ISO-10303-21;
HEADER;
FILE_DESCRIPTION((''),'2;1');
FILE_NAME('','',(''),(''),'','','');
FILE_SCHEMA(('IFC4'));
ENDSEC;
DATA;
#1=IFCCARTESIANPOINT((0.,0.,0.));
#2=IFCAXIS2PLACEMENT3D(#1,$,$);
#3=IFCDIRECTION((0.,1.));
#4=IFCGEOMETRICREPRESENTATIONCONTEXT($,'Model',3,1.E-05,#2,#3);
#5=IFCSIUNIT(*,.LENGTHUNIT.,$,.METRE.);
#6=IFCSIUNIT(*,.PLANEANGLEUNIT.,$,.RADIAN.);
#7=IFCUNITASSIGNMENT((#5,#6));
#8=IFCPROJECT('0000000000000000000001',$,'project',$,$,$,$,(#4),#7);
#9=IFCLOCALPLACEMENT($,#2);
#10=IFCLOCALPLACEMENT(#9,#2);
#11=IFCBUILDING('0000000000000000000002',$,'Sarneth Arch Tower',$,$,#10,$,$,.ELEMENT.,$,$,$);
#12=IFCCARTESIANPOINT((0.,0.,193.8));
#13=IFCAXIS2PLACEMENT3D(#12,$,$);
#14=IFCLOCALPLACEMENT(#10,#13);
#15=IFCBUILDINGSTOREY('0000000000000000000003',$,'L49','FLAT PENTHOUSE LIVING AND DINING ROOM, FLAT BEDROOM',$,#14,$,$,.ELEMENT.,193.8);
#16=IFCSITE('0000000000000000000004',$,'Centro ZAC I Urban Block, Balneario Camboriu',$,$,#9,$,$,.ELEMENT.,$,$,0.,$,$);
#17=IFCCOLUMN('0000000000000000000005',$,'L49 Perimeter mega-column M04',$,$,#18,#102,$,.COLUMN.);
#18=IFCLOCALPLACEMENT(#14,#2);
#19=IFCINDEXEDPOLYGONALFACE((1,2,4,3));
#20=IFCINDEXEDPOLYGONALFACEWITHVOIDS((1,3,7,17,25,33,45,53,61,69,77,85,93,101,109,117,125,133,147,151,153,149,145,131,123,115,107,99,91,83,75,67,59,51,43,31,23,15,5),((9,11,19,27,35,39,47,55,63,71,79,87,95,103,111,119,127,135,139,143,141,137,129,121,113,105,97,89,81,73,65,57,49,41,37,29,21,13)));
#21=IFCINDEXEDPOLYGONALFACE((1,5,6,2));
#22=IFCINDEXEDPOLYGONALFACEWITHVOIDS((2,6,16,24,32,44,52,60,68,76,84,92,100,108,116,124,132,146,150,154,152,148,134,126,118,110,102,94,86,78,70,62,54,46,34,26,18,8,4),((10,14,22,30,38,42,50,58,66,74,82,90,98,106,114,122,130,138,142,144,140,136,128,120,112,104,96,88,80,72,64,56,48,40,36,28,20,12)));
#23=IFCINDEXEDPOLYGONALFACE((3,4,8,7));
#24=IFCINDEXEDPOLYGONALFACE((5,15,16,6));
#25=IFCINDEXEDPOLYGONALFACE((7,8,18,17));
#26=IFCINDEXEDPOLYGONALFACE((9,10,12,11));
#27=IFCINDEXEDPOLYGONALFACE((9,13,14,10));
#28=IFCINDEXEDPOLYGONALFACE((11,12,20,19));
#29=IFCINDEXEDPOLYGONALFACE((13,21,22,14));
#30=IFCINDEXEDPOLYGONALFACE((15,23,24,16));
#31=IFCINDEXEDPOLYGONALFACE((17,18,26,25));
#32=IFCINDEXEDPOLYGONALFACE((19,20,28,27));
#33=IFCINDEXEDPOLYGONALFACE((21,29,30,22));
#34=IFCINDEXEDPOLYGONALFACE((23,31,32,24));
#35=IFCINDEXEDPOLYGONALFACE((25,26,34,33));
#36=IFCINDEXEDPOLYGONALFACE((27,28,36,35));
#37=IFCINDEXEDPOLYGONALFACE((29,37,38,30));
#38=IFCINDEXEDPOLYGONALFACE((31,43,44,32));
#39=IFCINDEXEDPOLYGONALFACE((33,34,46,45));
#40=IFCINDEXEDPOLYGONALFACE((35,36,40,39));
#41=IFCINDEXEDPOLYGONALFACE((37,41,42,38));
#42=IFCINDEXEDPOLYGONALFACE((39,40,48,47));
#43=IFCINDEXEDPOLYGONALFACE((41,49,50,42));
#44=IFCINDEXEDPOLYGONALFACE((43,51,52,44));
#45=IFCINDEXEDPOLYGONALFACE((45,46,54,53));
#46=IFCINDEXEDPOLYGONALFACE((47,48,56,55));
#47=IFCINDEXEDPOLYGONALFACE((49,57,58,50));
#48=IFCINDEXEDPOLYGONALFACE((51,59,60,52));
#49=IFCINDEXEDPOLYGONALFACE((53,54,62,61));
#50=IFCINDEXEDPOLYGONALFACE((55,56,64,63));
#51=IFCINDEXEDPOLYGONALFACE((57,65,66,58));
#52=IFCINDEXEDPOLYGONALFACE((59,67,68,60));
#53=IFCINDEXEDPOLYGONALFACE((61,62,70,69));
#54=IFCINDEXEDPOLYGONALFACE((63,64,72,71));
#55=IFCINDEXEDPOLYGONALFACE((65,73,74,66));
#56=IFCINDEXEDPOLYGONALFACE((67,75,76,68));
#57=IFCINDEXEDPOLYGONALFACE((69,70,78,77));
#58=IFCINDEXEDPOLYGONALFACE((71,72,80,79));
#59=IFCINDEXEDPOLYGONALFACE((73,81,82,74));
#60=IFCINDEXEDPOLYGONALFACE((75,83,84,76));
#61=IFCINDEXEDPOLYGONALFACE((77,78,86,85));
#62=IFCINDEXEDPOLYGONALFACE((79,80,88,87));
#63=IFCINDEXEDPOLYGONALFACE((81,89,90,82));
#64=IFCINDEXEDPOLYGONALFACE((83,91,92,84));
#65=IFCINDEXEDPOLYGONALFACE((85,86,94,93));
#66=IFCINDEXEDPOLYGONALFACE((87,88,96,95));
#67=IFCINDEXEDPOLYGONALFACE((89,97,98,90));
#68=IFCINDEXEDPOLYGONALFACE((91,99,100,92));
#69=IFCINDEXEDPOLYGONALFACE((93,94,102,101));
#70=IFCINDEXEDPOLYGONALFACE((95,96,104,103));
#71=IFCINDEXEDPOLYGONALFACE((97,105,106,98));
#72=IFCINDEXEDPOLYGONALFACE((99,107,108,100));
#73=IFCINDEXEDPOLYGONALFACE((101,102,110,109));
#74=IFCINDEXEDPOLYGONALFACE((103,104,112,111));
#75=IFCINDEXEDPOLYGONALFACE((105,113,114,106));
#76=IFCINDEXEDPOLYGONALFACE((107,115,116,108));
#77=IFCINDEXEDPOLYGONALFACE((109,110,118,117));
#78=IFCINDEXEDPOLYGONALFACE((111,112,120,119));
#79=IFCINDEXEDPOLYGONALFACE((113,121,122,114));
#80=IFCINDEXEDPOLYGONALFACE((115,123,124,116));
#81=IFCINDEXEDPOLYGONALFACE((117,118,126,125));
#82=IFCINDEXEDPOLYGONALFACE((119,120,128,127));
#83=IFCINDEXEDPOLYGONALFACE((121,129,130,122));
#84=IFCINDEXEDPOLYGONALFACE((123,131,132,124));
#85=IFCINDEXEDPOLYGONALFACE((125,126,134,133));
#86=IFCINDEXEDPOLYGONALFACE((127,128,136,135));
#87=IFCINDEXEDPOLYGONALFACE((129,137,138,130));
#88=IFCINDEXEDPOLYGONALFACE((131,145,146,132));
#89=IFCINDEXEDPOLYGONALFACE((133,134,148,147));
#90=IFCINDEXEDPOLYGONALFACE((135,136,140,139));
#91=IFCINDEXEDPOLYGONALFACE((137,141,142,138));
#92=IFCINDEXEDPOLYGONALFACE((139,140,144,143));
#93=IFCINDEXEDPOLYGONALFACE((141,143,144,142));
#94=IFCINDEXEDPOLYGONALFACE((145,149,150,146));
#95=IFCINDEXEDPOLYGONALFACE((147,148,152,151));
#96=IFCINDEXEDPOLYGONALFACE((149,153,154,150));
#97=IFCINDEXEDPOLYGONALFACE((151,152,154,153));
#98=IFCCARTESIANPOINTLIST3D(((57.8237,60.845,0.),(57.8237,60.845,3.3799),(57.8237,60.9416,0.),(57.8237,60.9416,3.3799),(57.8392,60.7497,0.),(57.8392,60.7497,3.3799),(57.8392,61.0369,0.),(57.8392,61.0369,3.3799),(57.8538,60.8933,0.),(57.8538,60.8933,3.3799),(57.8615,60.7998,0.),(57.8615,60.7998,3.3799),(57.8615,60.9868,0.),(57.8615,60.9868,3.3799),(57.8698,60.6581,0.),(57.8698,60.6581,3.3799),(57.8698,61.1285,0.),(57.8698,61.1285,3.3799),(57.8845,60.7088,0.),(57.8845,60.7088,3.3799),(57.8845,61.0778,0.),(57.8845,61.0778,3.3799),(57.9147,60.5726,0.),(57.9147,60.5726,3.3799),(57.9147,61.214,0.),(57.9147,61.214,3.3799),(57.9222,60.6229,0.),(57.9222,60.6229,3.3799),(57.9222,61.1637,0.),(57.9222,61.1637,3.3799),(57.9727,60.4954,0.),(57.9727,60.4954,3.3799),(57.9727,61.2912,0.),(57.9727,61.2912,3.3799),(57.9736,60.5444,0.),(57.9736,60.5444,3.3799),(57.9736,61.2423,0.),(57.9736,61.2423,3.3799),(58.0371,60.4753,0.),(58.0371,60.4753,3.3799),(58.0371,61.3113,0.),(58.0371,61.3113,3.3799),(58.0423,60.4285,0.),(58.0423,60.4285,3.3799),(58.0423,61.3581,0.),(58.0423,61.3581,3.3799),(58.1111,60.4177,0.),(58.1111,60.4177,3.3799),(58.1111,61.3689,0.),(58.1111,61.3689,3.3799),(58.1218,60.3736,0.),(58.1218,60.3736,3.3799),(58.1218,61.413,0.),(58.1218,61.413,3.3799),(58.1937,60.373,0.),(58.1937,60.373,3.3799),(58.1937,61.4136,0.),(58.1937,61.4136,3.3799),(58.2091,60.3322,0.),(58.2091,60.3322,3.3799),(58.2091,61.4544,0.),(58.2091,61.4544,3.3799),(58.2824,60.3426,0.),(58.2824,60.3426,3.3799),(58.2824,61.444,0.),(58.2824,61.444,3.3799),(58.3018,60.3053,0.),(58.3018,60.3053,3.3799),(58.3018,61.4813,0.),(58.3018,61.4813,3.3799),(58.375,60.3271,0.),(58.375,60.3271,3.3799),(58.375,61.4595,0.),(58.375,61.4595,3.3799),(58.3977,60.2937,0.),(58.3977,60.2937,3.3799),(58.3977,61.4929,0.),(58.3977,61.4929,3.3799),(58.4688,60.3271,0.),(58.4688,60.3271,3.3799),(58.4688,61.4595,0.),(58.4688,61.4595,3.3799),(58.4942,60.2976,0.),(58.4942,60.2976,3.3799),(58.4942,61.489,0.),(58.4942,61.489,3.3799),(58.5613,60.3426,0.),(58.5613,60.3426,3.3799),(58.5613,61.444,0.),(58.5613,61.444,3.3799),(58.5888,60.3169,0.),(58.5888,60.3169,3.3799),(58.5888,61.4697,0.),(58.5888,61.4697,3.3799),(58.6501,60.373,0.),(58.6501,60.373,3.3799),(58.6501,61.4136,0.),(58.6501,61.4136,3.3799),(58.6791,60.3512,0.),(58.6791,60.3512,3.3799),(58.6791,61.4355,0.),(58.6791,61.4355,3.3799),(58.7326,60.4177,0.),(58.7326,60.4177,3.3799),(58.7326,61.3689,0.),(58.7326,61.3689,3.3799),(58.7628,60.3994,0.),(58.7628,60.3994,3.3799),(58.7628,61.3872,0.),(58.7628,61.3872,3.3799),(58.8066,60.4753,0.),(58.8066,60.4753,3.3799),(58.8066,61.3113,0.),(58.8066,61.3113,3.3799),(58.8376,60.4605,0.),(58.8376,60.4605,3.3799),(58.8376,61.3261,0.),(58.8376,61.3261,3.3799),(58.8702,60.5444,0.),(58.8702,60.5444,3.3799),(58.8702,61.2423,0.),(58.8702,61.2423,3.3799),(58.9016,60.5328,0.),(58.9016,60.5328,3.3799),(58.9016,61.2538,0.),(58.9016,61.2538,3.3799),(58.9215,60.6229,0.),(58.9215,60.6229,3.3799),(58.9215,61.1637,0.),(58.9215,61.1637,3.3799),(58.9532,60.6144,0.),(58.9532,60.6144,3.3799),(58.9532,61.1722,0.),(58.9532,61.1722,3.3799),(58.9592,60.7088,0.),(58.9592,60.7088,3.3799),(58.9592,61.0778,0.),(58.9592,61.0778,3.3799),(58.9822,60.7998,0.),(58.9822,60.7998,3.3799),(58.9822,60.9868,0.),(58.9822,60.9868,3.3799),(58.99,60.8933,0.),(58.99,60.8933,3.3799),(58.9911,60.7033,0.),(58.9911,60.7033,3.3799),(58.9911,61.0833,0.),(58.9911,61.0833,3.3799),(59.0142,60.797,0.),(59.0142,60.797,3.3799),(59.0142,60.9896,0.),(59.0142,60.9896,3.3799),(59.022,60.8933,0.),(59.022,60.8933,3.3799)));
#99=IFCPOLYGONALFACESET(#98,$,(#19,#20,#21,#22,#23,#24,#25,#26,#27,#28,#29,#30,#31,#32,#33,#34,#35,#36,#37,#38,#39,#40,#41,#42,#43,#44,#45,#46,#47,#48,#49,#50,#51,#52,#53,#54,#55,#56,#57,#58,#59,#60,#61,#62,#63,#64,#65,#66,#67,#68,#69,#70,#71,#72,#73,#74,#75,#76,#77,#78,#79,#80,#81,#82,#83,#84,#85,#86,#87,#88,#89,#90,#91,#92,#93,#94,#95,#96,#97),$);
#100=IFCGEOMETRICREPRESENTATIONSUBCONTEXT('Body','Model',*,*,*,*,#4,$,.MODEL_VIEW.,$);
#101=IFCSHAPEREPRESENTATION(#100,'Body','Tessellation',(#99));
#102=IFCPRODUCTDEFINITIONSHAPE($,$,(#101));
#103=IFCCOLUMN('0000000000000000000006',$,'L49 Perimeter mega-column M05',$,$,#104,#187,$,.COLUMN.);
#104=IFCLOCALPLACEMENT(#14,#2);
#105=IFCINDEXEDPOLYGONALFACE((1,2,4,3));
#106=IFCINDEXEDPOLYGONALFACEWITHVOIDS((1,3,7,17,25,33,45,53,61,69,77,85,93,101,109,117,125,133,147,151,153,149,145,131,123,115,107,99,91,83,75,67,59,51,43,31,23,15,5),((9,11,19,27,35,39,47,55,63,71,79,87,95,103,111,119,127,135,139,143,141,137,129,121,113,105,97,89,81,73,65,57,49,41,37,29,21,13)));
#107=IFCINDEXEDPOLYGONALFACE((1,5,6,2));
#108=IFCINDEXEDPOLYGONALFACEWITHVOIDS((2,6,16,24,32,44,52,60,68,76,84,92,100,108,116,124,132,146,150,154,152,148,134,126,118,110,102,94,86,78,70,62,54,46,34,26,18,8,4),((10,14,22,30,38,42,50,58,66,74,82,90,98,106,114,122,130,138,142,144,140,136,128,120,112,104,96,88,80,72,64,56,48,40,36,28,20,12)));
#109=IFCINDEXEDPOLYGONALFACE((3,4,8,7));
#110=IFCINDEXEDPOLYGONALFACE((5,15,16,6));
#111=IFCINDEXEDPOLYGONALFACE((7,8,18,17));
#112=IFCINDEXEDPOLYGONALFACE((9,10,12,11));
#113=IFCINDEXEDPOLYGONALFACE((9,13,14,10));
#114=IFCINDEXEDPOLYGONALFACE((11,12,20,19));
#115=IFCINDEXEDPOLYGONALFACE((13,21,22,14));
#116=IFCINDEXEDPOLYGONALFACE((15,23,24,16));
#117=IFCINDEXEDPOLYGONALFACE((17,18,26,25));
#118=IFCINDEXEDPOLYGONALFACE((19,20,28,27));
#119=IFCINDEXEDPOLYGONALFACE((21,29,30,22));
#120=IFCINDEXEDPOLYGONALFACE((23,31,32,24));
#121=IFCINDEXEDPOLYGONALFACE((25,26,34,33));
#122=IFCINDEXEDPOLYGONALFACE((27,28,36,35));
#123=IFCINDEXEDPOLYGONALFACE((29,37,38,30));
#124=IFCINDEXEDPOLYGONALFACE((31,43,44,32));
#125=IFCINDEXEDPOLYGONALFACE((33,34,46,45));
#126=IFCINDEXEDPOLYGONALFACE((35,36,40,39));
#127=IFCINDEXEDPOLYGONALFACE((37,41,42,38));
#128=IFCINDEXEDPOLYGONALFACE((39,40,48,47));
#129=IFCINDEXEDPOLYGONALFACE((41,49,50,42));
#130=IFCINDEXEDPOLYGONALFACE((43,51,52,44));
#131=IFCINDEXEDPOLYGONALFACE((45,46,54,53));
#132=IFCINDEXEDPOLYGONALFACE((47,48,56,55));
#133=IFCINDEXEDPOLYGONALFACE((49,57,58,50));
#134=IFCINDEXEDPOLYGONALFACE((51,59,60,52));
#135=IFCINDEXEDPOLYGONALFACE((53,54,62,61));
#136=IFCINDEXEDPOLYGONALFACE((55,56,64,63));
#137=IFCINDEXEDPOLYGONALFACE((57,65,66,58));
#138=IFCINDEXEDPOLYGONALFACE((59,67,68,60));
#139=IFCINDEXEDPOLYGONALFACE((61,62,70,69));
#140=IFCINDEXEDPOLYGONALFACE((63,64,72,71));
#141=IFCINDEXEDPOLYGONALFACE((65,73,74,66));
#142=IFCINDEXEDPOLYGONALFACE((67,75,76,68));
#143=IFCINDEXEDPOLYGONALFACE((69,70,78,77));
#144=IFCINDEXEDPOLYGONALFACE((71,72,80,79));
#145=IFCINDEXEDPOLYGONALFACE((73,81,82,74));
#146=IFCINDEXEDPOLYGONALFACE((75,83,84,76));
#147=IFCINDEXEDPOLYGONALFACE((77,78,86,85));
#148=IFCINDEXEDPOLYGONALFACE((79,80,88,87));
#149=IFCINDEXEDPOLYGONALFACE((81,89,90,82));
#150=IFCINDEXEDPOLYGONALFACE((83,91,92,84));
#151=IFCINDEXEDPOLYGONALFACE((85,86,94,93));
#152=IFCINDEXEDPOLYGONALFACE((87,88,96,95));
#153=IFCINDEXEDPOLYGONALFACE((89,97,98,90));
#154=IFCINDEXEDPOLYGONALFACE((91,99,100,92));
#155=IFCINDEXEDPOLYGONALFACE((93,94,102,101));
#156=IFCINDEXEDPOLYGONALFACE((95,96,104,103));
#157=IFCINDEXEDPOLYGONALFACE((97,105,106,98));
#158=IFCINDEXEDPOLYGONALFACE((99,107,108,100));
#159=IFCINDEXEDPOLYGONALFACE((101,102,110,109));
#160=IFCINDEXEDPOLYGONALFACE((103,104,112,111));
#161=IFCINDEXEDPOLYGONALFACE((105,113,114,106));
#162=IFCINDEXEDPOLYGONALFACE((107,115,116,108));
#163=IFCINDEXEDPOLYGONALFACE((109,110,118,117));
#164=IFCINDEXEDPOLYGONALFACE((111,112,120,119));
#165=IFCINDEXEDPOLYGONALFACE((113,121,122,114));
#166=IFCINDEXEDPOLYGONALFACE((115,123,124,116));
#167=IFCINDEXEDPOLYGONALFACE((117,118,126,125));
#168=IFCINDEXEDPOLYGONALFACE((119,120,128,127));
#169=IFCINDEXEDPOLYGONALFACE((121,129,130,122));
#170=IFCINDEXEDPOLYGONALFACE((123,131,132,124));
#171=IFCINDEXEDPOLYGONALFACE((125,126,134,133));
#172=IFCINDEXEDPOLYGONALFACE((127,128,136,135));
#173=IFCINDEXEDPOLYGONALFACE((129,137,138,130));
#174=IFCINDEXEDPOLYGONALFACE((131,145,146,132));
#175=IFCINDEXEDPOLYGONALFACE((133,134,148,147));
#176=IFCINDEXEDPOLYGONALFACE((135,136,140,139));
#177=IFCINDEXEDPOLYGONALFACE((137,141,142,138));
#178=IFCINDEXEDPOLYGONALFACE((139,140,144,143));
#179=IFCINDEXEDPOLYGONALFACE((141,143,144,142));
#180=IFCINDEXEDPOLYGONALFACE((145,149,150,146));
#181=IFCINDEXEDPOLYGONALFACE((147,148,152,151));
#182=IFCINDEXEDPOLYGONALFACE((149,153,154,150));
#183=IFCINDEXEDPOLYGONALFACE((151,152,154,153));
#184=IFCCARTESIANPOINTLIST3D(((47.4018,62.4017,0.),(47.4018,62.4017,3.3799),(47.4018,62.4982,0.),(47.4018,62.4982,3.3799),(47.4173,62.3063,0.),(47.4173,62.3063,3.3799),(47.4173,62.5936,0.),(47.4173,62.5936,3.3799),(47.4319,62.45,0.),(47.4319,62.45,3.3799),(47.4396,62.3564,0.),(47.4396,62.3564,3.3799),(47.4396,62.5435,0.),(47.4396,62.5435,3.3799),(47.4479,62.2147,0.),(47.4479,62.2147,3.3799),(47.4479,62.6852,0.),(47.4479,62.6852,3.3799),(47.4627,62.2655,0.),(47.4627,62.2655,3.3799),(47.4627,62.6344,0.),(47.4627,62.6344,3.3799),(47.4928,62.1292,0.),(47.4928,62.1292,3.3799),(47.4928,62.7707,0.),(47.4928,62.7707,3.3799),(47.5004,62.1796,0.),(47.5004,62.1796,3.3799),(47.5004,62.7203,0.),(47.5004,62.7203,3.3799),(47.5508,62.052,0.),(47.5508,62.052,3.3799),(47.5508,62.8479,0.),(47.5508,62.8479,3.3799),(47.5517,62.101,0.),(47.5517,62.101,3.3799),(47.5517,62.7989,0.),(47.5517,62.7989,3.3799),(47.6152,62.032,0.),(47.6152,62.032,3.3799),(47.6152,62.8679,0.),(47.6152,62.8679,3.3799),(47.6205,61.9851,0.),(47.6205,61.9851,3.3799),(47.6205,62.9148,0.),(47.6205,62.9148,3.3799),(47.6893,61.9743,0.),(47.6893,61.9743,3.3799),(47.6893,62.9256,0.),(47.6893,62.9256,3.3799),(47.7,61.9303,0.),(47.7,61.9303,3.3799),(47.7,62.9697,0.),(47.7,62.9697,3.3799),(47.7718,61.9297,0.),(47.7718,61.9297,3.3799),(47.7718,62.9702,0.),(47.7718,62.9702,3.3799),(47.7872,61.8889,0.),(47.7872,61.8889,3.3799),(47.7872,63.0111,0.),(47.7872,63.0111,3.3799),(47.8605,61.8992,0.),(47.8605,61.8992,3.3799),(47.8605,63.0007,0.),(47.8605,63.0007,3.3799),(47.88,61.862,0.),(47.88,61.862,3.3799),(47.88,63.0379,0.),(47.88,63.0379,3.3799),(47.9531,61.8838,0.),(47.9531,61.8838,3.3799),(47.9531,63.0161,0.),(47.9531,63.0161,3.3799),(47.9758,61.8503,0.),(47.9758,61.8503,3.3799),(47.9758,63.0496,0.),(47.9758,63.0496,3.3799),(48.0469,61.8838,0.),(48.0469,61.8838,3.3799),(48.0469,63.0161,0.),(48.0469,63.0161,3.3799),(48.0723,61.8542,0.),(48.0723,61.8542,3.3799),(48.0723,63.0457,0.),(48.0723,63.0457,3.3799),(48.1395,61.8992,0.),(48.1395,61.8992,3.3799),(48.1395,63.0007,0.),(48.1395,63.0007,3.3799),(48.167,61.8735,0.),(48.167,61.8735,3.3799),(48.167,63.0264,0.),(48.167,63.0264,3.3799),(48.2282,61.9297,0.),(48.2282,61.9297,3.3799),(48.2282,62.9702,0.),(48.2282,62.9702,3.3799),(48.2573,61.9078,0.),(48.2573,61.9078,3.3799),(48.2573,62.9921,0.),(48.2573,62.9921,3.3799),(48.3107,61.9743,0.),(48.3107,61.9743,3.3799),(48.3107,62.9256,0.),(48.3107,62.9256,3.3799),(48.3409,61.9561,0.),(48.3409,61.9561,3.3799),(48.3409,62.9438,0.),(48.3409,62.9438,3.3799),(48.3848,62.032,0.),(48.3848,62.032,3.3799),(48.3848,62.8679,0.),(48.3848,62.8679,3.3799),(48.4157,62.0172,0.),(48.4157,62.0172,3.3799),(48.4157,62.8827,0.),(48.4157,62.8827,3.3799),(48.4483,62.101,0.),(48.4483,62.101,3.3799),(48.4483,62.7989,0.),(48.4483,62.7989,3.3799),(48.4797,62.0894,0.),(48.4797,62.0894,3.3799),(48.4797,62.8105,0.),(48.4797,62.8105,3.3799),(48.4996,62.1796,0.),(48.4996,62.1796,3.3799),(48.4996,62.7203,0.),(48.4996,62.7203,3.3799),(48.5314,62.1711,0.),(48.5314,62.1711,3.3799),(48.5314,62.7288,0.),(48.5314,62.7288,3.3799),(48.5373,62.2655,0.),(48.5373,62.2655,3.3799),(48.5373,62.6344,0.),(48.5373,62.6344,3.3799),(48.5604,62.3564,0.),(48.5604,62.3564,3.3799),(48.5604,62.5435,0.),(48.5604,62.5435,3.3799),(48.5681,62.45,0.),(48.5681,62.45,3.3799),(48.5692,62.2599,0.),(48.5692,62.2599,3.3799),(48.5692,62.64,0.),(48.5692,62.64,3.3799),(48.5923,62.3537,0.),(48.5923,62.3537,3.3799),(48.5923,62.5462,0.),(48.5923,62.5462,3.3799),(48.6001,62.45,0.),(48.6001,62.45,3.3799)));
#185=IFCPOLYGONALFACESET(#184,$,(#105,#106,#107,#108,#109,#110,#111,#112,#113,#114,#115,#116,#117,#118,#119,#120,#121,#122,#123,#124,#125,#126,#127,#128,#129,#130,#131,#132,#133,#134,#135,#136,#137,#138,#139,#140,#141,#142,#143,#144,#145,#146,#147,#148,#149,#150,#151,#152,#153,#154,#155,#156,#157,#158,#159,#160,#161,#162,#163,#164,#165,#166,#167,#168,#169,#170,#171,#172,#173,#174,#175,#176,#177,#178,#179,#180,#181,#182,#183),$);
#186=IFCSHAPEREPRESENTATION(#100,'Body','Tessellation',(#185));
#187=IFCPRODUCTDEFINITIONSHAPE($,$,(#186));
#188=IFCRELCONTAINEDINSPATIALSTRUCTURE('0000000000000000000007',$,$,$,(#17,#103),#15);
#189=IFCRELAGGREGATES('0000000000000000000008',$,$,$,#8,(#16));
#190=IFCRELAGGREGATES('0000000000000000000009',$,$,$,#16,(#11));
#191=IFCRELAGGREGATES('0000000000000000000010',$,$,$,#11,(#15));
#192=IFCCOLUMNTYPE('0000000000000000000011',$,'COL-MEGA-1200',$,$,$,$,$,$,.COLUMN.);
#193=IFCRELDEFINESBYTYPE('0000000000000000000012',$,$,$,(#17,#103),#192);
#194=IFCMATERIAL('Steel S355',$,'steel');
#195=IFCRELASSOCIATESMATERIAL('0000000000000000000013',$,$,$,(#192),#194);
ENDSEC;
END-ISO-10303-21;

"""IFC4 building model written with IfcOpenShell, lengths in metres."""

from ifc_helpers import new_model, si_unit, direction, frame, origin, origin_2d, place, context, subcontext, project, spatial, hollow_circle, extrude, material, material_profile, profile_set, type_object, element, save


model = new_model("IFC4")

# Units and contexts
model_context = context("Model", 3, precision=1e-05, world=origin(), true_north=direction((0.0, 1.0)))
body_context = subcontext(model_context, "Body", "Model", "MODEL_VIEW")
ifc_project = project(units=[si_unit("LENGTHUNIT", "METRE"), si_unit("PLANEANGLEUNIT", "RADIAN")], contexts=[model_context])

# Site, building, storey
site_placement = place(None, origin())
site = spatial("IfcSite", under=ifc_project, at=site_placement, Name="Centro ZAC I Urban Block, Balneario Camboriu", CompositionType="ELEMENT", RefElevation=0.0)
building_placement = place(site_placement, origin())
building = spatial("IfcBuilding", under=site, at=building_placement, Name="Sarneth Arch Tower", CompositionType="ELEMENT")
storey_placement = place(building_placement, frame((0.0, 0.0, 193.8)))
storey = spatial("IfcBuildingStorey", under=building, at=storey_placement, Name="L49", Description="FLAT PENTHOUSE LIVING AND DINING ROOM, FLAT BEDROOM", CompositionType="ELEMENT", Elevation=193.8)

# Columns
ifc_material_1 = material(Name="Steel S355", Category="steel")
ifc_material_profile_1 = material_profile(ifc_material_1, hollow_circle(Radius=0.6001, WallThickness=0.032, at=origin_2d()), Name="CHS1200x32")
ifc_profile_set_1 = profile_set([ifc_material_profile_1], Name="Steel S355")
column_type = type_object("IfcColumnType", Name="COL-MEGA-1200", PredefinedType="COLUMN", material=ifc_profile_set_1)
for number, where, z_axis, x_axis, name in (
    (1, (58.4219, 60.8933, 0.0), (0.0, 0.0, 1.0), (1.0, 0.0, 0.0), "L49 Perimeter mega-column M04"),
    (2, (48.0, 62.45, 0.0), (0.0, 0.0, 1.0), (1.0, 0.0, 0.0), "L49 Perimeter mega-column M05"),
):
    element("IfcColumn", number, at=place(storey_placement, frame(where, z_axis=z_axis, x_axis=x_axis)), inside=storey, type_object=column_type, Name=name, PredefinedType="COLUMN", context=body_context, shape_type="SweptSolid", body=[
        extrude(hollow_circle(Radius=0.6001, WallThickness=0.032, at=origin_2d()), origin(), (0.0, 0.0, 1.0), 3.3799),
    ])

save(model, "model.ifc")
